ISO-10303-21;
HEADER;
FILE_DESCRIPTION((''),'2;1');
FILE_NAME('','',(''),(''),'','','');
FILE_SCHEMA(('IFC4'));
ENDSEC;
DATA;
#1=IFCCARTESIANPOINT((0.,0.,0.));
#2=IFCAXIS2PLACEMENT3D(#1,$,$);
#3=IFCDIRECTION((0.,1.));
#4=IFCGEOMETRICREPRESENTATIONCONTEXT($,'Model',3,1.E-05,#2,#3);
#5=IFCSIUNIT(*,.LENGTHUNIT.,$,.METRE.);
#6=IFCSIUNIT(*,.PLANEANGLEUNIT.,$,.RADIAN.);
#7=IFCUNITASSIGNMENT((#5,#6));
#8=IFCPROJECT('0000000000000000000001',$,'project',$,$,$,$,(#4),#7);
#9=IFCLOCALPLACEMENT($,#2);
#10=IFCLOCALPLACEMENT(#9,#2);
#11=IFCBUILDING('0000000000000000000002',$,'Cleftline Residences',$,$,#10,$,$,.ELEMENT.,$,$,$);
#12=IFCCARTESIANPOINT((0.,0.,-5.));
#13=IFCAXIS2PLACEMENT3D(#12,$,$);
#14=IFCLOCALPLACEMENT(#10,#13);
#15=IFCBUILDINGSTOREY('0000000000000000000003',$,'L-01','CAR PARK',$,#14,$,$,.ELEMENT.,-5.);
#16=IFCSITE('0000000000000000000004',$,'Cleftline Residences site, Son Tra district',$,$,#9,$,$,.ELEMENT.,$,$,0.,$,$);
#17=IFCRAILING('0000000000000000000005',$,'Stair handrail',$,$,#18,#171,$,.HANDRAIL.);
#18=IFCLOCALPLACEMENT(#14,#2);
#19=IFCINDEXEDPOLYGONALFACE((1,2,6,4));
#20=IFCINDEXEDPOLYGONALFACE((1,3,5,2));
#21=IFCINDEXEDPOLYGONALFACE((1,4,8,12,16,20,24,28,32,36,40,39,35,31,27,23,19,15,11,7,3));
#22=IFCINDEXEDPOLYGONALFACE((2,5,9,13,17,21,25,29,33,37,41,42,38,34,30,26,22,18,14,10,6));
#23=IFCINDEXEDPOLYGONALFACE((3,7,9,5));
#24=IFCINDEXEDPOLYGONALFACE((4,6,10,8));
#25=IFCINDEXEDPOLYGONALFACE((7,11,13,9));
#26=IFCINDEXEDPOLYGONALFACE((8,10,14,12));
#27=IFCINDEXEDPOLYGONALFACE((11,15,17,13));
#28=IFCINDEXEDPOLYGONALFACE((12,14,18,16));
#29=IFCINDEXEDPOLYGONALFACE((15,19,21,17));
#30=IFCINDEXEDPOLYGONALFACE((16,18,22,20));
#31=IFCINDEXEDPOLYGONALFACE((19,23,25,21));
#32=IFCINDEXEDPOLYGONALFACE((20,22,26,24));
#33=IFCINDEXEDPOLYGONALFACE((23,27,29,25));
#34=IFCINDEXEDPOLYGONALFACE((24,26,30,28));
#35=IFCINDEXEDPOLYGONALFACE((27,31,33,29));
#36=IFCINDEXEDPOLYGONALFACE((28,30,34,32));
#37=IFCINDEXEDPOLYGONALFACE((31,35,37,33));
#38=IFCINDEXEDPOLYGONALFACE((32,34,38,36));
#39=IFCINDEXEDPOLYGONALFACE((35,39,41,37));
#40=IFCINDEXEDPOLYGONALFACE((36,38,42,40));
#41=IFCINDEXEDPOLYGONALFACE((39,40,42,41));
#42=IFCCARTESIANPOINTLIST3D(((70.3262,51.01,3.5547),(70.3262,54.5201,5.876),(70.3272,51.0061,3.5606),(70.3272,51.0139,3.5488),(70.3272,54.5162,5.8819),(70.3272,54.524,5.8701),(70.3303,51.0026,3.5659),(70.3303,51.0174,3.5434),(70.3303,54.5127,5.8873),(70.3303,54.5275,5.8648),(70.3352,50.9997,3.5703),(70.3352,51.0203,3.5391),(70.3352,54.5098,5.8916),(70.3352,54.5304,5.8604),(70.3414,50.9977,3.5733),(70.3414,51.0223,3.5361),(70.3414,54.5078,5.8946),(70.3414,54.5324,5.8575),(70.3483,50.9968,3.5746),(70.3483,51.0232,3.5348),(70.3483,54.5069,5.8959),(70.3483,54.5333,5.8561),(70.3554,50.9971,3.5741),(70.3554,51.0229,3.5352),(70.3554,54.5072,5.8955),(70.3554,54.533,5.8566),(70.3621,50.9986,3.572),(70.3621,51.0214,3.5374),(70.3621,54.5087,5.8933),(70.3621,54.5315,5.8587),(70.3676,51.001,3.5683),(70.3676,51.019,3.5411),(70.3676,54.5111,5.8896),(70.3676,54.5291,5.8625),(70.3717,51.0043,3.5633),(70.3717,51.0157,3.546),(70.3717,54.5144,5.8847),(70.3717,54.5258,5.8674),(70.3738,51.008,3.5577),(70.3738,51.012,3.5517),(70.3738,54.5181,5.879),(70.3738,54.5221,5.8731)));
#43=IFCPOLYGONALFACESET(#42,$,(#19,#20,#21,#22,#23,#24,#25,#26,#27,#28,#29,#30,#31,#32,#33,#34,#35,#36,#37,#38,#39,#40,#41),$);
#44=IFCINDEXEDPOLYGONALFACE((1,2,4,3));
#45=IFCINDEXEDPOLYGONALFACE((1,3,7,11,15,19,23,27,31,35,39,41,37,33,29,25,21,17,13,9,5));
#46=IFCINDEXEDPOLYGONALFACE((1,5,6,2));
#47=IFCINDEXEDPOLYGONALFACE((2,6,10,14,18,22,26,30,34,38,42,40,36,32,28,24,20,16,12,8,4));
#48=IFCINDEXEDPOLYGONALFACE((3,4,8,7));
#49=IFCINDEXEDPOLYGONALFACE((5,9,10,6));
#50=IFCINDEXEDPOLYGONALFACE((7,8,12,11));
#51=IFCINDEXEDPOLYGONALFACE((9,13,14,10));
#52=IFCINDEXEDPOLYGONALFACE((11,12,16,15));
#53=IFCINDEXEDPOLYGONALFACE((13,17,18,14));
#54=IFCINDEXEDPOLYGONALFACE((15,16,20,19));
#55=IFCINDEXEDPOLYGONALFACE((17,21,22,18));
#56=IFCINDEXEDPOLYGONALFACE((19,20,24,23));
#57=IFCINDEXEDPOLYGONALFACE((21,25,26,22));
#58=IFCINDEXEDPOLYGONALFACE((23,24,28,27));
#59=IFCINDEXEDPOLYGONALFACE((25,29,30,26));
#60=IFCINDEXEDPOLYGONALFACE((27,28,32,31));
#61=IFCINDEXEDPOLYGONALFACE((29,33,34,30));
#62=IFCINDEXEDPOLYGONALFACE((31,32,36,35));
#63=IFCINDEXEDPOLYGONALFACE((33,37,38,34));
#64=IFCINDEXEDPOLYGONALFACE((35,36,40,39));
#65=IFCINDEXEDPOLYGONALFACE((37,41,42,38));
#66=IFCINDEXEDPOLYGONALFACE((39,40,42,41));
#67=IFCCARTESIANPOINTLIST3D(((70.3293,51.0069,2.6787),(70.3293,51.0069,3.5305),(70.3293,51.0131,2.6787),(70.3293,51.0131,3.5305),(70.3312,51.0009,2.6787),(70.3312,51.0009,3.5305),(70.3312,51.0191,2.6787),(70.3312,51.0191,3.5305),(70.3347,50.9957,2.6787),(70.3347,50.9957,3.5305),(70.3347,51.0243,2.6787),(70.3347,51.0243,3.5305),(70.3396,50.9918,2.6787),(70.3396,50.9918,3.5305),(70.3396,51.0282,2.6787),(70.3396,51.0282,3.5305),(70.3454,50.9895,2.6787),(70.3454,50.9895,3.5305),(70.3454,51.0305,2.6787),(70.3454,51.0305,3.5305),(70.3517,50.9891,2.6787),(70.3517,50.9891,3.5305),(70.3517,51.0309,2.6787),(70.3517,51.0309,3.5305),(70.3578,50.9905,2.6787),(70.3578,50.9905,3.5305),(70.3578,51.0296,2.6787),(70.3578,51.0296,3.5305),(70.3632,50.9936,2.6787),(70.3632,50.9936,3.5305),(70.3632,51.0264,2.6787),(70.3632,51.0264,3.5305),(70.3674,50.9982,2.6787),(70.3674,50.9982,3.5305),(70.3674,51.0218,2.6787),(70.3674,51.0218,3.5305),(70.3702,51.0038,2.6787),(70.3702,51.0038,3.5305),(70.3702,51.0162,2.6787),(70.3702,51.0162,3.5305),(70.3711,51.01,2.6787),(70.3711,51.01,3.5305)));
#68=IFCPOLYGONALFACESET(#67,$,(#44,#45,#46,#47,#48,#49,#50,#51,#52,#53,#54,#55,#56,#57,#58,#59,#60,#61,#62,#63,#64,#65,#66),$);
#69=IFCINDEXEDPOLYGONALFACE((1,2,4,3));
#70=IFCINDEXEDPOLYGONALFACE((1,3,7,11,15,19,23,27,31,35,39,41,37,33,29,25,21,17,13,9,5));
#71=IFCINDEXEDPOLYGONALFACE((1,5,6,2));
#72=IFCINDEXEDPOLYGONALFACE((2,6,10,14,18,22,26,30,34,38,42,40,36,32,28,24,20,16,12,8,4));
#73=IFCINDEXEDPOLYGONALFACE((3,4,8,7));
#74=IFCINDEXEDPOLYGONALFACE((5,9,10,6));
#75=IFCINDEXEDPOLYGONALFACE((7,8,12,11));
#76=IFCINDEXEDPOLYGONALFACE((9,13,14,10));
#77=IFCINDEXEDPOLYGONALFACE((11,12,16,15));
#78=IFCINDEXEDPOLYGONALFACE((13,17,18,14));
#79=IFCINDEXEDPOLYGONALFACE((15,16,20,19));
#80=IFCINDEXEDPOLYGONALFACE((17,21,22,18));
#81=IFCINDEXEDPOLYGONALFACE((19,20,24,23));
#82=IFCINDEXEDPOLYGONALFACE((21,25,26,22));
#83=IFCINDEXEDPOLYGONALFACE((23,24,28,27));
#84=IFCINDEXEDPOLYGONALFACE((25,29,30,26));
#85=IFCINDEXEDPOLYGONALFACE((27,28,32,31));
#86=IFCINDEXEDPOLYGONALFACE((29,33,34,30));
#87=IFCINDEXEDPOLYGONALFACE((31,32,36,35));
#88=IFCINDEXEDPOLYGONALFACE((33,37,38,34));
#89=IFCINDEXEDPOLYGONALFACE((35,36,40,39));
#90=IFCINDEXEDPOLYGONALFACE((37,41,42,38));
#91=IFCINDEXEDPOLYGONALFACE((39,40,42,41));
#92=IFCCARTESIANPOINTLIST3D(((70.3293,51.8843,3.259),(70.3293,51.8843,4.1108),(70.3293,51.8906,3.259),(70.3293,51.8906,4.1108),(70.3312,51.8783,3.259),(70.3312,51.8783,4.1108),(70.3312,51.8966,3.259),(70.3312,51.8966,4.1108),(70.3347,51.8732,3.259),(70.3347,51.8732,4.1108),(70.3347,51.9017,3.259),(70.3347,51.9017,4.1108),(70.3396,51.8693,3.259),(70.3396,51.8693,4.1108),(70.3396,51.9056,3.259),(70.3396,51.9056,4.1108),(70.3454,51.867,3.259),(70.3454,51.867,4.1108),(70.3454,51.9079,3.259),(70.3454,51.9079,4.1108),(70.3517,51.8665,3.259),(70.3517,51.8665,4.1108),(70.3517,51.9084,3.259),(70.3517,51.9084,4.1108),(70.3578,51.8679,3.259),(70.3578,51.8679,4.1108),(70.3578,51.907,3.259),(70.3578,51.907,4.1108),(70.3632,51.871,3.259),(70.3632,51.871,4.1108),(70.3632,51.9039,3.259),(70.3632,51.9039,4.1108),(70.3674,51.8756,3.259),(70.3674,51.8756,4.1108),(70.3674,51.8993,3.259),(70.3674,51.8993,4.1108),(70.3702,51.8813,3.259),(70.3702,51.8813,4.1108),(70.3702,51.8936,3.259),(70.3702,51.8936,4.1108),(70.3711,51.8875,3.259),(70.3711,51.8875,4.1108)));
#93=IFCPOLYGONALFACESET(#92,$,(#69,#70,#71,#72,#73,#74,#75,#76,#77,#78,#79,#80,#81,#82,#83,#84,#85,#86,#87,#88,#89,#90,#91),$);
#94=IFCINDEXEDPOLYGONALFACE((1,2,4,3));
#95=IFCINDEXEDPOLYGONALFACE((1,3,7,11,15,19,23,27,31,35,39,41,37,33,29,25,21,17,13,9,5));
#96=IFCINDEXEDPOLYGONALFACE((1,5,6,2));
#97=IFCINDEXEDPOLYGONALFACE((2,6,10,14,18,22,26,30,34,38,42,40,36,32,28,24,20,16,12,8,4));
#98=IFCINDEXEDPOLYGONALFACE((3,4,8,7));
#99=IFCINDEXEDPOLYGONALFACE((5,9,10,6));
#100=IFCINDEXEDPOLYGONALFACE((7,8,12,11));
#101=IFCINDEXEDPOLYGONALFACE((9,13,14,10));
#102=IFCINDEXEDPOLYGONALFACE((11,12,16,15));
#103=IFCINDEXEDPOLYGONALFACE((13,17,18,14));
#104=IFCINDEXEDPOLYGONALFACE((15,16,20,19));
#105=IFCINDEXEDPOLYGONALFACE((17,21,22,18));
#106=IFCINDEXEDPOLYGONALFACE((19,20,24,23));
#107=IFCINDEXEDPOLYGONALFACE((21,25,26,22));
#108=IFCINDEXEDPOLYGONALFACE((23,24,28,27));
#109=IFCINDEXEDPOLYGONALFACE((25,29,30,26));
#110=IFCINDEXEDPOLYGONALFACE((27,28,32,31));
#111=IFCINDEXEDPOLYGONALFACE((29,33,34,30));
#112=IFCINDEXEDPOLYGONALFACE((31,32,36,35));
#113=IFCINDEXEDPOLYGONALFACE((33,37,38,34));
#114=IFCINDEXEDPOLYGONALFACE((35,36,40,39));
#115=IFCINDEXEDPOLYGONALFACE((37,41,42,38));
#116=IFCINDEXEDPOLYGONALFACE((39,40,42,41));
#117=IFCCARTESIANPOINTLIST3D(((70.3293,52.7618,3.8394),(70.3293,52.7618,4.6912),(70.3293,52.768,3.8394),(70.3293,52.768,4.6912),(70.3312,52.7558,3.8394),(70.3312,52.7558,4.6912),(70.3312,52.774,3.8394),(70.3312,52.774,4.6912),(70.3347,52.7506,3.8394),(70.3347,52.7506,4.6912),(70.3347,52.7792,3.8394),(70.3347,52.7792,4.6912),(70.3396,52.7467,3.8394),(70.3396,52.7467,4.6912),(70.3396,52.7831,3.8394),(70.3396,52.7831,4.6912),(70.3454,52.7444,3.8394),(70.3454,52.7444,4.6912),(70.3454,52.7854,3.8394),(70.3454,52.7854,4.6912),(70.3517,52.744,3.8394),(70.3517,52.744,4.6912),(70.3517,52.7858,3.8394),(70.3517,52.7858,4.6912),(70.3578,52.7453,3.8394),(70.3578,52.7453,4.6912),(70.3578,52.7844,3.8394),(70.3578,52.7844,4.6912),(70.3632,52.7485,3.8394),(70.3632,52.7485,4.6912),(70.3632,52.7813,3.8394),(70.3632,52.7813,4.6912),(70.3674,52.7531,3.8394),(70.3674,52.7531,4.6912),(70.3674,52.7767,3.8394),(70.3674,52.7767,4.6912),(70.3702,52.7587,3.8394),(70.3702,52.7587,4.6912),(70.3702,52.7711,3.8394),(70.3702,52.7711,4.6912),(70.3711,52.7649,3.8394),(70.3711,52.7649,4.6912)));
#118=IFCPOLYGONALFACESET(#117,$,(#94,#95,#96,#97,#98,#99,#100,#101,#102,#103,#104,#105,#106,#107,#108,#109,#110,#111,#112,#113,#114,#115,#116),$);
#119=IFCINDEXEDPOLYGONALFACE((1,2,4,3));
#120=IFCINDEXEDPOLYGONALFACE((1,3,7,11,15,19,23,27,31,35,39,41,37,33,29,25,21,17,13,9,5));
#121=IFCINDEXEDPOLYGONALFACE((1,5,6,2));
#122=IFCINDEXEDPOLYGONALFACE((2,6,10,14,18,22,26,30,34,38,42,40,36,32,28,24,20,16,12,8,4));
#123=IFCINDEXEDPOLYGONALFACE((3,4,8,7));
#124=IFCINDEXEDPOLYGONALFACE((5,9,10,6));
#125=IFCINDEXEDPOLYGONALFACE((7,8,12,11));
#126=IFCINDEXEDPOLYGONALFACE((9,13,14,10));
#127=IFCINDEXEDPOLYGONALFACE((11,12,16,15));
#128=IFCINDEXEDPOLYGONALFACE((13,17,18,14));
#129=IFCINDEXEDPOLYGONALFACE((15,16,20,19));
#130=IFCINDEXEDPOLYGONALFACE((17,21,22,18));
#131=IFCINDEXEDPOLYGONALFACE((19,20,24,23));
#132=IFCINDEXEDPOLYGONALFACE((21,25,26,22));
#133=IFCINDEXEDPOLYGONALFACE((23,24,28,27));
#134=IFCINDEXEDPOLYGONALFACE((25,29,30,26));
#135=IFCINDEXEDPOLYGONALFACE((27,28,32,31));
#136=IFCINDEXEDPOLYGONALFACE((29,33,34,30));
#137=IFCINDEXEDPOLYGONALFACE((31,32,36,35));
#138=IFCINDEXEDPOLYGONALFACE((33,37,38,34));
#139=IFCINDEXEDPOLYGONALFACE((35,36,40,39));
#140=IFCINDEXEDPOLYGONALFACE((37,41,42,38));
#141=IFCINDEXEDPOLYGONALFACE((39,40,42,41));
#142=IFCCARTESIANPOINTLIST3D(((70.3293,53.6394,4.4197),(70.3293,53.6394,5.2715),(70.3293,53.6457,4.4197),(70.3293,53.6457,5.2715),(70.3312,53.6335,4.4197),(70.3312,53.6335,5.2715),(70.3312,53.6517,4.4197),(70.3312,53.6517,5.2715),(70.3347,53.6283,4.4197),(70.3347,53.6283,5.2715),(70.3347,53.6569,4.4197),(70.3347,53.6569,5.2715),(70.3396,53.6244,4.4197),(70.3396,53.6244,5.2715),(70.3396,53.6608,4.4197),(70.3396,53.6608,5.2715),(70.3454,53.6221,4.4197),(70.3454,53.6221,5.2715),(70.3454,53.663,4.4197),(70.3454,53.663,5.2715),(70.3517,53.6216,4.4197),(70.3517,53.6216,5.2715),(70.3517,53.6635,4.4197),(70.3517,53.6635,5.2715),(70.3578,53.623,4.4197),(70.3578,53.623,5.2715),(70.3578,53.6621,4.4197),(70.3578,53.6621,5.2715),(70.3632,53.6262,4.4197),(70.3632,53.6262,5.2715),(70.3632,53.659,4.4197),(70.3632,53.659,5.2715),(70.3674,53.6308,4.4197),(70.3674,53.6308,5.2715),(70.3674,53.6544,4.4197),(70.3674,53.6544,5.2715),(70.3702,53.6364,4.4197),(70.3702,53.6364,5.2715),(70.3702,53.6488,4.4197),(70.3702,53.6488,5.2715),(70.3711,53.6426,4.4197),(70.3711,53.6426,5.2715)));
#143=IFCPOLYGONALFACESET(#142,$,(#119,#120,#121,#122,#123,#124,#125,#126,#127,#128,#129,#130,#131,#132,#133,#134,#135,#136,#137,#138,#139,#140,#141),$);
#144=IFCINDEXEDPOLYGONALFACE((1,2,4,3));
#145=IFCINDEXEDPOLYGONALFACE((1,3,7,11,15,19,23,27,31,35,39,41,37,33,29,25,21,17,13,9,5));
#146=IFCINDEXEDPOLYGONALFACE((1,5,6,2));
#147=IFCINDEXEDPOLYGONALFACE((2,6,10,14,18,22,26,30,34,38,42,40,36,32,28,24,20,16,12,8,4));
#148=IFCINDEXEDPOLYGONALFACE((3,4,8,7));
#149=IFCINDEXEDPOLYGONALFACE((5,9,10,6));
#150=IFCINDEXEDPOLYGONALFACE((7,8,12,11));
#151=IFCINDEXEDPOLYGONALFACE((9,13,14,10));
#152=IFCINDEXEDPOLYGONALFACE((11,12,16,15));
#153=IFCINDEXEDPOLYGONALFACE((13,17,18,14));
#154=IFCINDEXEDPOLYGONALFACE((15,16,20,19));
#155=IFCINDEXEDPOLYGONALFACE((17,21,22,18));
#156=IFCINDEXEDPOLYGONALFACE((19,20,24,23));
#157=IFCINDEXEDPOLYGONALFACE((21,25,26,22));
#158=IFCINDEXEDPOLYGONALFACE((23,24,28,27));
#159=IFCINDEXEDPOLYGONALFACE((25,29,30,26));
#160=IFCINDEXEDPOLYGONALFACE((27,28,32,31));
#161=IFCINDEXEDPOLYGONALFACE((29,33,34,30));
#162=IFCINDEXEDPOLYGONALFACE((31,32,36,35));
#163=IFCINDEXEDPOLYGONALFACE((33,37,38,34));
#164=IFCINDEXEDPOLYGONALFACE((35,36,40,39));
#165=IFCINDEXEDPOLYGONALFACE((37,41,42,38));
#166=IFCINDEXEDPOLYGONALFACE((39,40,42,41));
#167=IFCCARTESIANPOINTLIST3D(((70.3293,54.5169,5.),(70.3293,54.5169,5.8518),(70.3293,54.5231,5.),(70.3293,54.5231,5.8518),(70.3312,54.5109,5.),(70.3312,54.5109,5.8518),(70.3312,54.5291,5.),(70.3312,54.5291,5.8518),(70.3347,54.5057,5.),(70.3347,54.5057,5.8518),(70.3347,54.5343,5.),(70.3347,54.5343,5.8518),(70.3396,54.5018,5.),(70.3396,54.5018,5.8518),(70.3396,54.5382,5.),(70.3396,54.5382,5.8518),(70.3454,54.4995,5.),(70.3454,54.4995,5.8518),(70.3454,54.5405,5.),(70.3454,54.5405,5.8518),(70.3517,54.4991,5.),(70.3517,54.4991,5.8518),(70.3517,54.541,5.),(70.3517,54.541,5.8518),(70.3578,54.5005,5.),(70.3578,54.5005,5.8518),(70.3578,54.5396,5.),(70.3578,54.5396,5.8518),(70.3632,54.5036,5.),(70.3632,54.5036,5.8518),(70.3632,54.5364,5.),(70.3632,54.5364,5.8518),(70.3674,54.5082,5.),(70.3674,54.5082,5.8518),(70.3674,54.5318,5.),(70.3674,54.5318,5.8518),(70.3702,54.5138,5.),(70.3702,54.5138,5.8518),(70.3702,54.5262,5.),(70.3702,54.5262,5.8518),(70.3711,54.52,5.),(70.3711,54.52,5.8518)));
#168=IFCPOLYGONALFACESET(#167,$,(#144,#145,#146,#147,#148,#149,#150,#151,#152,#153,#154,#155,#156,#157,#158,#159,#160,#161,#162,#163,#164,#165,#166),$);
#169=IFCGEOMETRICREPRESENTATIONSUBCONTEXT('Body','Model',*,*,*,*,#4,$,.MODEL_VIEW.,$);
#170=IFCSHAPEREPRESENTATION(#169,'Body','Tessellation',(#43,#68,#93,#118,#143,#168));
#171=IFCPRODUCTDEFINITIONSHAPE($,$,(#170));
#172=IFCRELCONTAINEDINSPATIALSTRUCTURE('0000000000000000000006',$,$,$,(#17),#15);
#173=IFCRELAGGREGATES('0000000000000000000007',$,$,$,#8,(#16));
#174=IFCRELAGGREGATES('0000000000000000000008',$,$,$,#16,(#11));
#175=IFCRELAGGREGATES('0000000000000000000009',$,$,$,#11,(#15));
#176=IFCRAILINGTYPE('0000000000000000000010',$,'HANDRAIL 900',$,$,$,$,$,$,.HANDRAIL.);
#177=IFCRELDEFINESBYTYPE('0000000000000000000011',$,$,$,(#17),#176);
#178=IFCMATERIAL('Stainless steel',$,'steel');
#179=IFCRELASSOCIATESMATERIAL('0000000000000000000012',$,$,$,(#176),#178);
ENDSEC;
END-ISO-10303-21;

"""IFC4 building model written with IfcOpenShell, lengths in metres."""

from ifc_helpers import new_model, si_unit, direction, frame, origin, origin_2d, place, context, subcontext, project, spatial, circle, extrude, material, type_object, element, save


model = new_model("IFC4")

# Units and contexts
model_context = context("Model", 3, precision=1e-05, world=origin(), true_north=direction((0.0, 1.0)))
body_context = subcontext(model_context, "Body", "Model", "MODEL_VIEW")
ifc_project = project(units=[si_unit("LENGTHUNIT", "METRE"), si_unit("PLANEANGLEUNIT", "RADIAN")], contexts=[model_context])

# Site, building, storey
site_placement = place(None, origin())
site = spatial("IfcSite", under=ifc_project, at=site_placement, Name="Cleftline Residences site, Son Tra district", CompositionType="ELEMENT", RefElevation=0.0)
building_placement = place(site_placement, origin())
building = spatial("IfcBuilding", under=site, at=building_placement, Name="Cleftline Residences", CompositionType="ELEMENT")
storey_placement = place(building_placement, frame((0.0, 0.0, -5.0)))
storey = spatial("IfcBuildingStorey", under=building, at=storey_placement, Name="L-01", Description="CAR PARK", CompositionType="ELEMENT", Elevation=-5.0)

# Railing
ifc_material_1 = material(Name="Stainless steel", Category="steel")
railing_type_1 = type_object("IfcRailingType", Name="HANDRAIL 900", PredefinedType="HANDRAIL", material=ifc_material_1)
railing_1_placement = place(storey_placement, frame((70.3501, 51.01, 2.6787)))
element("IfcRailing", 1, at=railing_1_placement, inside=storey, type_object=railing_type_1, Name="Stair handrail", PredefinedType="HANDRAIL", context=body_context, shape_type="SweptSolid", body=[
    extrude(circle(Radius=0.0239, at=origin_2d()), frame((0.0, 0.0, 0.876), z_axis=(0.0, 0.834097, 0.551617), x_axis=(-1.0, 0.0, 0.0)), (0.0, 0.0, 1.0), 4.2083),
    extrude(circle(Radius=0.021, at=origin_2d()), origin(), (0.0, 0.0, 1.0), 0.8518),
    extrude(circle(Radius=0.021, at=origin_2d()), frame((0.0, 0.8774, 0.5803)), (0.0, 0.0, 1.0), 0.8518),
    extrude(circle(Radius=0.021, at=origin_2d()), frame((0.0, 1.7549, 1.1606)), (0.0, 0.0, 1.0), 0.8518),
    extrude(circle(Radius=0.021, at=origin_2d()), frame((0.0, 2.6326, 1.741)), (0.0, 0.0, 1.0), 0.8518),
    extrude(circle(Radius=0.021, at=origin_2d()), frame((0.0, 3.51, 2.3213)), (0.0, 0.0, 1.0), 0.8518),
])

save(model, "model.ifc")
